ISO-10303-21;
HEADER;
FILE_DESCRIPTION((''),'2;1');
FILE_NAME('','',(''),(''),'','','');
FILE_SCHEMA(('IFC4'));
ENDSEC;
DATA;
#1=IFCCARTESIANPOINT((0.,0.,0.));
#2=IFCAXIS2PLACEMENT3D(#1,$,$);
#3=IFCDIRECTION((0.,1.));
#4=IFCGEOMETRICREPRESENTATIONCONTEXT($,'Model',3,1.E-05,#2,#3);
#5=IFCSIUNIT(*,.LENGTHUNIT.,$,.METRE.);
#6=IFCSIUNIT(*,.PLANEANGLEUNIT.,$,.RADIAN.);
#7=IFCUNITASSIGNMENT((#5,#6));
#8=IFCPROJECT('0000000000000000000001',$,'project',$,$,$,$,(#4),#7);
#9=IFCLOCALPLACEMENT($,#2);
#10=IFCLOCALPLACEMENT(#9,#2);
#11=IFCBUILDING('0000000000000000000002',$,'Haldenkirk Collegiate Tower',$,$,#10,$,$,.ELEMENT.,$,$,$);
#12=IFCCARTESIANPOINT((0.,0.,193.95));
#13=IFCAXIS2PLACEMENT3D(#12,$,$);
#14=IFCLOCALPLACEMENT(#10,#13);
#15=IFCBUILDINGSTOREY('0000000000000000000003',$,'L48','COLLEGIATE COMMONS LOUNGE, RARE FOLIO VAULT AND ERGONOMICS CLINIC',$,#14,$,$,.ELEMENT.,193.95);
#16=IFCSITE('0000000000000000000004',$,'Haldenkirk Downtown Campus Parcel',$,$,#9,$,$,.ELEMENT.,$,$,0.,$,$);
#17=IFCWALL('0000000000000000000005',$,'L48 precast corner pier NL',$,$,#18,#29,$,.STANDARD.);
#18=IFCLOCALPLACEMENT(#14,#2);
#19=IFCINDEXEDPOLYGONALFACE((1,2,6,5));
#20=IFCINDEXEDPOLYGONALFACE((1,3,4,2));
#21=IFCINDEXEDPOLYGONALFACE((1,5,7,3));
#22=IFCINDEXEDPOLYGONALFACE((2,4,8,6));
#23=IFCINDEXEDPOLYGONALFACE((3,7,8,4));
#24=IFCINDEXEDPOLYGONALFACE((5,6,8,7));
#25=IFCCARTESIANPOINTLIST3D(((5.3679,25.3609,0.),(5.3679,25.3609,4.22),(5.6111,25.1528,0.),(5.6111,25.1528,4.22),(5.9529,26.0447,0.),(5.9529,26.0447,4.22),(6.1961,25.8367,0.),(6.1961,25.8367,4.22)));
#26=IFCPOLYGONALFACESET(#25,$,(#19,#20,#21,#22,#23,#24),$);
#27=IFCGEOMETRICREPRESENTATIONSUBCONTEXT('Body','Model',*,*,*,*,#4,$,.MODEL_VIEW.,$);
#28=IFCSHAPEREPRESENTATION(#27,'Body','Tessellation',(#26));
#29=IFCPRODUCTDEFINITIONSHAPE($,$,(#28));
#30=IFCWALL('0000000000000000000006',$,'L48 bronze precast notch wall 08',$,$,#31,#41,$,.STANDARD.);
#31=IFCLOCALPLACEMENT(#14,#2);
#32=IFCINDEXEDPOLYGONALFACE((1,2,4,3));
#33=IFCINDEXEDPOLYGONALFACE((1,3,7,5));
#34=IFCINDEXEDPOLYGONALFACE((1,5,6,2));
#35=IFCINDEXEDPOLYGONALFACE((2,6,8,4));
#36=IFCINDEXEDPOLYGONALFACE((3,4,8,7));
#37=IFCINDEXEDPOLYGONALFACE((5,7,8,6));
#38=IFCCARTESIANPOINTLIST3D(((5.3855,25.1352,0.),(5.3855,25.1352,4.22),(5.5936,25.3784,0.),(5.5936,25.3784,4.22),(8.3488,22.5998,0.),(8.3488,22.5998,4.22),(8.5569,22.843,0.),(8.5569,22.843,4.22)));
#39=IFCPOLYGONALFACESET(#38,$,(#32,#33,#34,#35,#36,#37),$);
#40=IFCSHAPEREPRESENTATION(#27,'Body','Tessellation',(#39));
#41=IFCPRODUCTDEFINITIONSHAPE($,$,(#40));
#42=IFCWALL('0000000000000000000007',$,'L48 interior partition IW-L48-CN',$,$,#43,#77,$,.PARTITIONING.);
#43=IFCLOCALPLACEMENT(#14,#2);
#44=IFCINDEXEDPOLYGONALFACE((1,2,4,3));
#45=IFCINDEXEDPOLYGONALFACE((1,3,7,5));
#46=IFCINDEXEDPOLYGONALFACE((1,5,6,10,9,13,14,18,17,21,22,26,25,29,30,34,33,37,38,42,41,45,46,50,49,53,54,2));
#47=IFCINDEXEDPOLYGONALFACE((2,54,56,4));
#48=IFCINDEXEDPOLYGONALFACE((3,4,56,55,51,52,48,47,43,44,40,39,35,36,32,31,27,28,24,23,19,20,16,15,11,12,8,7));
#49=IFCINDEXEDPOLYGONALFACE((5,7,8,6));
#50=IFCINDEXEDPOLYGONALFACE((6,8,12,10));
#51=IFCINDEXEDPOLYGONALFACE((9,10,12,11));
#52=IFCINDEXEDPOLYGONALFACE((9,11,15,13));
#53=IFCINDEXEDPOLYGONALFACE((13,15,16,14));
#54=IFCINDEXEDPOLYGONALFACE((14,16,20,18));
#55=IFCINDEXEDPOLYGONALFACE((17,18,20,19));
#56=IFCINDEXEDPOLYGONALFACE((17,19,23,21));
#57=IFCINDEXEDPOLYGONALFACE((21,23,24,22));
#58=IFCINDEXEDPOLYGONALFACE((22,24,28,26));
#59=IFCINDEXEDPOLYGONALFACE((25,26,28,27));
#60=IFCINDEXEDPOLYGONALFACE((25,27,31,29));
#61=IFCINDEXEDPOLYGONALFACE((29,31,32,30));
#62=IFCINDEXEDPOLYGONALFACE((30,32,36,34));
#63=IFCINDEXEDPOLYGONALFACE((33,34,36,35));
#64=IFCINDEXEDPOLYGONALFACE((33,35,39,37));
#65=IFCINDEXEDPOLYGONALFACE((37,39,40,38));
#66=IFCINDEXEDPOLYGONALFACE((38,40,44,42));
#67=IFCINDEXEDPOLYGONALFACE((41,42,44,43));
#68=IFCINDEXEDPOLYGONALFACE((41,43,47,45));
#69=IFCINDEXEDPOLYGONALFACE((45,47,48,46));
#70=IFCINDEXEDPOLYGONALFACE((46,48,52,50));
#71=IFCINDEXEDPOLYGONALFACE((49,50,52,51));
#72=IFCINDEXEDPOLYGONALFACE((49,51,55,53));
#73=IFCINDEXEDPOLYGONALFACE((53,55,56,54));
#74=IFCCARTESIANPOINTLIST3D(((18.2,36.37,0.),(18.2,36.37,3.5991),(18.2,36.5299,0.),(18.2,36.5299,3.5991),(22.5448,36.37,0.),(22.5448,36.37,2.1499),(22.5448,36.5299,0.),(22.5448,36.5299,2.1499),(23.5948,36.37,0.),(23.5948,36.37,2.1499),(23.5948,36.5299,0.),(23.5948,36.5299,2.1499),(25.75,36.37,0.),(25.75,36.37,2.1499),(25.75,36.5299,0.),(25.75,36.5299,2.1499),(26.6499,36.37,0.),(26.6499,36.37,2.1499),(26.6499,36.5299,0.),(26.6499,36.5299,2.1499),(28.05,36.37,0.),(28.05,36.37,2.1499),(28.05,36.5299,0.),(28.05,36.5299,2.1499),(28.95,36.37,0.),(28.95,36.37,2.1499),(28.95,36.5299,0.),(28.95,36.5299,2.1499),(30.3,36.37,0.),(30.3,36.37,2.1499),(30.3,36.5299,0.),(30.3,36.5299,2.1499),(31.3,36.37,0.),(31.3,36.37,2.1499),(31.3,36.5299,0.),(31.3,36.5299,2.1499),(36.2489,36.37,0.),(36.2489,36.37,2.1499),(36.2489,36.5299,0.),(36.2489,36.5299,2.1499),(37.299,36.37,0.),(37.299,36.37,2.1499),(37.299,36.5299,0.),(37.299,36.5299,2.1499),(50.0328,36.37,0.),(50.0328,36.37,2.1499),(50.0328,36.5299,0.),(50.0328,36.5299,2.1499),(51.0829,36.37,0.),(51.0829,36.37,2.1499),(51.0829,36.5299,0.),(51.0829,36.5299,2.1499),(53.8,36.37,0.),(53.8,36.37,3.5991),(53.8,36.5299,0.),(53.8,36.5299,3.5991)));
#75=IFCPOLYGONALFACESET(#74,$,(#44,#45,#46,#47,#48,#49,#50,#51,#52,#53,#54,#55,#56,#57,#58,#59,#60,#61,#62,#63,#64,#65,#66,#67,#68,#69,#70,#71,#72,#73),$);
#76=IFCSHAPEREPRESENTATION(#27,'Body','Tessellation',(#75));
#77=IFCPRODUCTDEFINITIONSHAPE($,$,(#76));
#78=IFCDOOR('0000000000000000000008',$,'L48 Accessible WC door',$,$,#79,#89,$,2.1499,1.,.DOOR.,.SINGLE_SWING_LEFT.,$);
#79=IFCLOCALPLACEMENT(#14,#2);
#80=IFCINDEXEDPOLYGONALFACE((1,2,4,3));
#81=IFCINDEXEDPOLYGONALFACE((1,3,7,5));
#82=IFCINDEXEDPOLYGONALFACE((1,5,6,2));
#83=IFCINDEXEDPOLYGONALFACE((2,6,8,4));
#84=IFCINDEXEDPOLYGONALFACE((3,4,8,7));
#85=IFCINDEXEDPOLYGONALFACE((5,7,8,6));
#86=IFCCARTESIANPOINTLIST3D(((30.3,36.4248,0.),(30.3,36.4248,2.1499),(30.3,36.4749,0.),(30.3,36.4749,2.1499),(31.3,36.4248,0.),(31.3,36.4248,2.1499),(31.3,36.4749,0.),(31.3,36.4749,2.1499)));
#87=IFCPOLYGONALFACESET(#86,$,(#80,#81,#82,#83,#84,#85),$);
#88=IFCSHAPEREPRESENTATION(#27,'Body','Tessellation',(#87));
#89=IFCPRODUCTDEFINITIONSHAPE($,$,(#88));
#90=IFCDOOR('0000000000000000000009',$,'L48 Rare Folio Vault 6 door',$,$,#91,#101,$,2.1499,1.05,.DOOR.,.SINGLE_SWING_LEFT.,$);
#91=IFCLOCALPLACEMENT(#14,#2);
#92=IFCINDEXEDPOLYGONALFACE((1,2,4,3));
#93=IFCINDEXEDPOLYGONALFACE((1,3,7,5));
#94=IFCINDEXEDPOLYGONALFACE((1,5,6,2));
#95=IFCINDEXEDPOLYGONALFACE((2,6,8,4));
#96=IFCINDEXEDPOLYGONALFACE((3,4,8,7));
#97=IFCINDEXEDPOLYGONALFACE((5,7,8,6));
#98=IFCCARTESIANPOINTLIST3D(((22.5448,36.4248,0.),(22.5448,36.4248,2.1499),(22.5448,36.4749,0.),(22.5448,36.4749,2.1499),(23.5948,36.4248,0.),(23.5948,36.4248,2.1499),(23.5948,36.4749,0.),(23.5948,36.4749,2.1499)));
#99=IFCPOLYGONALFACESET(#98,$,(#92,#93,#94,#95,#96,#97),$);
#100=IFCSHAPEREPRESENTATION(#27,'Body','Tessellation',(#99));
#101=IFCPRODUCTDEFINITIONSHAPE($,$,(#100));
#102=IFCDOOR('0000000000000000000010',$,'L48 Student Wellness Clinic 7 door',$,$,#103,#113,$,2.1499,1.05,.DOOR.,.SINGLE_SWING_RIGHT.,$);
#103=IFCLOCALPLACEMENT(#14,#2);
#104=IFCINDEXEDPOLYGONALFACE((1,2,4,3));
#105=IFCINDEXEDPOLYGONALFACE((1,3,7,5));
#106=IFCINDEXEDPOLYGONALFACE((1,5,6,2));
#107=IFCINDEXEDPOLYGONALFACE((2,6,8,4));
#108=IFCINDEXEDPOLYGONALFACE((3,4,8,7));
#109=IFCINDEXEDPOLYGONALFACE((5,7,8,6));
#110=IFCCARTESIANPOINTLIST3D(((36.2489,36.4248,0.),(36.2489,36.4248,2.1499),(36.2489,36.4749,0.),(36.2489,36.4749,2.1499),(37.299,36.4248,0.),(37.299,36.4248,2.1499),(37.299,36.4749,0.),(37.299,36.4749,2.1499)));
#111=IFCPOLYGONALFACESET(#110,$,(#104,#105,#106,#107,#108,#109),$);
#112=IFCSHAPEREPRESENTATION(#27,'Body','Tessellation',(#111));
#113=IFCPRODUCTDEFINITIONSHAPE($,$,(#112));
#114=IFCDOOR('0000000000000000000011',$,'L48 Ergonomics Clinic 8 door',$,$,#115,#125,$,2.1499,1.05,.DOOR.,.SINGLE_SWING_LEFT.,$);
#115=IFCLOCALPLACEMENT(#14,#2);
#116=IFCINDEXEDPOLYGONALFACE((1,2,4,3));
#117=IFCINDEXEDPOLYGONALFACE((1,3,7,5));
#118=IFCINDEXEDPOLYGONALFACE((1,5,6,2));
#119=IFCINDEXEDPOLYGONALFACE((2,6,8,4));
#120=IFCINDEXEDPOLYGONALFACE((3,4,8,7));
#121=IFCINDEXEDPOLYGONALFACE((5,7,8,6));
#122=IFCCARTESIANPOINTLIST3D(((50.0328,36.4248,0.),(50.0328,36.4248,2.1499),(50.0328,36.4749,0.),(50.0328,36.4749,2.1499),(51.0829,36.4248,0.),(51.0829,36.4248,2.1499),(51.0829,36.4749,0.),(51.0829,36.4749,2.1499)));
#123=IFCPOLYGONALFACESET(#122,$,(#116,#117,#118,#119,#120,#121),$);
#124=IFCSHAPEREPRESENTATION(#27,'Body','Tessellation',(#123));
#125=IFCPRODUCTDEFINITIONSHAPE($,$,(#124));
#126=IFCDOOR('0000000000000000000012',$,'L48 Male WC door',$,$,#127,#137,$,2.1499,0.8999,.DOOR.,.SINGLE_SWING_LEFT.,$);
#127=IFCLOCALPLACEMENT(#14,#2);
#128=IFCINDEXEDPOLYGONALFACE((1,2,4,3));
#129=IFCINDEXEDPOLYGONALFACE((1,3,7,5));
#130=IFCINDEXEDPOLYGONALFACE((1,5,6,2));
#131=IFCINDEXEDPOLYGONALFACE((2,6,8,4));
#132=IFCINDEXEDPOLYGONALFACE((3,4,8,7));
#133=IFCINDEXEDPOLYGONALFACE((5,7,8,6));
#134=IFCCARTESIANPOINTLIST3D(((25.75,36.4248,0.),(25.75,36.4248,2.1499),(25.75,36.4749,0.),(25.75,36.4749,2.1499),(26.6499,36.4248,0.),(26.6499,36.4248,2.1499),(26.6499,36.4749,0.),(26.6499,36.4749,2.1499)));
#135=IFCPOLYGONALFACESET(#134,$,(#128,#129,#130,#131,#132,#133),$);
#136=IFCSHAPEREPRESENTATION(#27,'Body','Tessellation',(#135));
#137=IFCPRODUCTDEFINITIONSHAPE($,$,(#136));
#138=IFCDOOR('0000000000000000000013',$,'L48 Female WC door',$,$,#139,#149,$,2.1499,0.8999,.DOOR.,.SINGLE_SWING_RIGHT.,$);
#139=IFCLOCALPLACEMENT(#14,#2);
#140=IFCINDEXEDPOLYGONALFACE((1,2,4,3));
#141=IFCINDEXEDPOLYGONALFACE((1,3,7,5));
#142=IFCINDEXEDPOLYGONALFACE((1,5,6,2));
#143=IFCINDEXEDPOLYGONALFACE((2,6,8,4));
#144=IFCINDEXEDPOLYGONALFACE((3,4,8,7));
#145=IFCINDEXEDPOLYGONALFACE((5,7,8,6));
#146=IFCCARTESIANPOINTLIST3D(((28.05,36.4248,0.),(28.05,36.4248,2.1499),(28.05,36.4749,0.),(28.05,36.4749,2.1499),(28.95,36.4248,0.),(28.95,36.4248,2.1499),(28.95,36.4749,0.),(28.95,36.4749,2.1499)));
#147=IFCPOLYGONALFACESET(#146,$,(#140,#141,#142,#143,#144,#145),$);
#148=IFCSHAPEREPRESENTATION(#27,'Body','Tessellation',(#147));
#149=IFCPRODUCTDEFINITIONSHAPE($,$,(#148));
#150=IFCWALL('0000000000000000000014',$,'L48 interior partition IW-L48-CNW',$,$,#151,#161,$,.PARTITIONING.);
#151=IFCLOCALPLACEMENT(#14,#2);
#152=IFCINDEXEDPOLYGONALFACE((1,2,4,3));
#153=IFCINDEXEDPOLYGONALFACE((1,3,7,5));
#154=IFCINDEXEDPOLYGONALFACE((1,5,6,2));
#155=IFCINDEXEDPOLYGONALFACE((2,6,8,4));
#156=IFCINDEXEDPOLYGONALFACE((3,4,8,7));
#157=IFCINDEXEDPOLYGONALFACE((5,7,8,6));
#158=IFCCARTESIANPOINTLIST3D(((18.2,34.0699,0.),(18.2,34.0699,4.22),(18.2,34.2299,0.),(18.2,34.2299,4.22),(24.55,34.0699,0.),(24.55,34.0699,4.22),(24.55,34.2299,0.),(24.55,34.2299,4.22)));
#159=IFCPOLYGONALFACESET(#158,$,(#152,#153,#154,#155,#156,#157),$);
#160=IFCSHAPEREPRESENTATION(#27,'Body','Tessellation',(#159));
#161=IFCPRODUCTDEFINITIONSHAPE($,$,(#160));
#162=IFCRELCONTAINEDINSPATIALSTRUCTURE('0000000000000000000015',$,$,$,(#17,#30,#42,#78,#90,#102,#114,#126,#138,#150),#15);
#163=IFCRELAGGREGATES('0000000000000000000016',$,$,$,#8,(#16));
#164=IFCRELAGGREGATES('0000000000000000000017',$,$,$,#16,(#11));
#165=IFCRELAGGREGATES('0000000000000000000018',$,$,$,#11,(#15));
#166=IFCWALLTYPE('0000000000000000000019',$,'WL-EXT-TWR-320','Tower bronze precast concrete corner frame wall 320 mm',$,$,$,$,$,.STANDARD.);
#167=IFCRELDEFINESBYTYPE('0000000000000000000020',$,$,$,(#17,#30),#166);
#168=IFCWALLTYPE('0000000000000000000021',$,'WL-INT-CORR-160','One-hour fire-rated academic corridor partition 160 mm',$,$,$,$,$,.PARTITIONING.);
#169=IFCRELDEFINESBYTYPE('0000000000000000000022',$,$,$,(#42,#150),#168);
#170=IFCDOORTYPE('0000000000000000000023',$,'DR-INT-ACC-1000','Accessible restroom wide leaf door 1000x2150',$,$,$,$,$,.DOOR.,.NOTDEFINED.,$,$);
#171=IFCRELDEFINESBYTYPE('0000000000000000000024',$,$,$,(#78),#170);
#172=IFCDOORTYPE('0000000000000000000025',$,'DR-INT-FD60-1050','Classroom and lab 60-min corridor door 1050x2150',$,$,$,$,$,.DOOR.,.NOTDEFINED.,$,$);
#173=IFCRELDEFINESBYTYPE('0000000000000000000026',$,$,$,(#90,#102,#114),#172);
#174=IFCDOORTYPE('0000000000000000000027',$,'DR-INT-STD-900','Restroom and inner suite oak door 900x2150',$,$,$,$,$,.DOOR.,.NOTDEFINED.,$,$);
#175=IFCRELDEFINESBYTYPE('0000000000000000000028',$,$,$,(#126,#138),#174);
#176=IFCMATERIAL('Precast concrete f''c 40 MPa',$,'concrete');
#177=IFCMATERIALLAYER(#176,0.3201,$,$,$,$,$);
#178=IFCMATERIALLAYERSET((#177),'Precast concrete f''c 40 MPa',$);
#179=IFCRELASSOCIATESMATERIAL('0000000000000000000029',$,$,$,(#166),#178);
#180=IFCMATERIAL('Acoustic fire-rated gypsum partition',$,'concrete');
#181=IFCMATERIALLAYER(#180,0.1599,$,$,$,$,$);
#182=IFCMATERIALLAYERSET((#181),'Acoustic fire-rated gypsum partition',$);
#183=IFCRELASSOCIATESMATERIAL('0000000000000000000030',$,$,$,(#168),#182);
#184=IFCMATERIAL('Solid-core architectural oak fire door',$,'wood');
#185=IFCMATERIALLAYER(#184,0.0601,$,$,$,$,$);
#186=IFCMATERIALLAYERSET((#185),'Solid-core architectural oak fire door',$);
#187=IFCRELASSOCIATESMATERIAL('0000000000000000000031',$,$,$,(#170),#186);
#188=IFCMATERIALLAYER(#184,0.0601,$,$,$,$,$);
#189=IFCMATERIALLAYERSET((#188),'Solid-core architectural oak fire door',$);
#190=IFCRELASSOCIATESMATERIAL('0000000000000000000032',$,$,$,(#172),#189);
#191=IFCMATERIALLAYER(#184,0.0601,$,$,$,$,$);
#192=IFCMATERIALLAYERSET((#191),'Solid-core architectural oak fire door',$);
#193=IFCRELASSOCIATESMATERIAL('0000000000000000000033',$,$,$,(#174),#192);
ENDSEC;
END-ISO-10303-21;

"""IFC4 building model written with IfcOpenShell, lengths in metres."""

from ifc_helpers import new_model, si_unit, direction, frame, frame_2d, origin, place, context, subcontext, project, spatial, rectangle, extrude, material, layer, layer_set, type_object, element, fill, save


model = new_model("IFC4")

# Units and contexts
model_context = context("Model", 3, precision=1e-05, world=origin(), true_north=direction((0.0, 1.0)))
body_context = subcontext(model_context, "Body", "Model", "MODEL_VIEW")
ifc_project = project(units=[si_unit("LENGTHUNIT", "METRE"), si_unit("PLANEANGLEUNIT", "RADIAN")], contexts=[model_context])

# Site, building, storey
site_placement = place(None, origin())
site = spatial("IfcSite", under=ifc_project, at=site_placement, Name="Haldenkirk Downtown Campus Parcel", CompositionType="ELEMENT", RefElevation=0.0)
building_placement = place(site_placement, origin())
building = spatial("IfcBuilding", under=site, at=building_placement, Name="Haldenkirk Collegiate Tower", CompositionType="ELEMENT")
storey_placement = place(building_placement, frame((0.0, 0.0, 193.95)))
storey = spatial("IfcBuildingStorey", under=building, at=storey_placement, Name="L48", Description="COLLEGIATE COMMONS LOUNGE, RARE FOLIO VAULT AND ERGONOMICS CLINIC", CompositionType="ELEMENT", Elevation=193.95)

# Walls
ifc_material_1 = material(Name="Precast concrete f'c 40 MPa", Category="concrete")
ifc_layer_1 = layer(ifc_material_1, 0.3201)
ifc_layer_set_1 = layer_set([ifc_layer_1], Name="Precast concrete f'c 40 MPa")
wall_type_1 = type_object("IfcWallType", Name="WL-EXT-TWR-320", Description="Tower bronze precast concrete corner frame wall 320 mm", PredefinedType="STANDARD", material=ifc_layer_set_1)
wall_1_placement = place(storey_placement, frame((5.4895, 25.2568, 0.0), z_axis=(0.0, 0.0, 1.0), x_axis=(0.650031, 0.759907, 0.0)))
element("IfcWall", 1, at=wall_1_placement, inside=storey, type_object=wall_type_1, Name="L48 precast corner pier NL", PredefinedType="STANDARD", context=body_context, shape_type="SweptSolid", body=[
    extrude(rectangle(XDim=0.8999, YDim=0.3201, at=frame_2d((0.45, 0.0))), origin(), (0.0, 0.0, 1.0), 4.22),
])
wall_2_placement = place(storey_placement, frame((8.4529, 22.7214, 0.0), z_axis=(0.0, 0.0, 1.0), x_axis=(-0.759844, 0.650105, 0.0)))
element("IfcWall", 2, at=wall_2_placement, inside=storey, type_object=wall_type_1, Name="L48 bronze precast notch wall 08", PredefinedType="STANDARD", context=body_context, shape_type="SweptSolid", body=[
    extrude(rectangle(XDim=3.8999, YDim=0.3201, at=frame_2d((1.95, 0.0))), origin(), (0.0, 0.0, 1.0), 4.22),
])

# Wall, openings, doors
ifc_material_2 = material(Name="Acoustic fire-rated gypsum partition", Category="concrete")
ifc_layer_2 = layer(ifc_material_2, 0.1599)
ifc_layer_set_2 = layer_set([ifc_layer_2], Name="Acoustic fire-rated gypsum partition")
wall_type_2 = type_object("IfcWallType", Name="WL-INT-CORR-160", Description="One-hour fire-rated academic corridor partition 160 mm", PredefinedType="PARTITIONING", material=ifc_layer_set_2)
wall_3_placement = place(storey_placement, frame((18.2, 36.45, 0.0), z_axis=(0.0, 0.0, 1.0), x_axis=(1.0, 0.0, 0.0)))
wall_3 = element("IfcWall", 3, at=wall_3_placement, inside=storey, type_object=wall_type_2, Name="L48 interior partition IW-L48-CN", PredefinedType="PARTITIONING", context=body_context, shape_type="SweptSolid", body=[
    extrude(rectangle(XDim=35.6001, YDim=0.1599, at=frame_2d((17.8, 0.0))), origin(), (0.0, 0.0, 1.0), 3.5991),
])
opening_1_placement = place(wall_3_placement, frame((7.55, 0.0, 0.0)))
opening_1 = element("IfcOpeningElement", 4, at=opening_1_placement, cuts=wall_3, PredefinedType="OPENING", context=body_context, shape_type="SweptSolid", body=[
    extrude(rectangle(XDim=0.8999, YDim=2.1499, at=frame_2d((0.45, 1.075))), frame((0.0, 0.0898, 0.0), z_axis=(0.0, -1.0, 0.0), x_axis=(1.0, 0.0, 0.0)), (0.0, 0.0, 1.0), 0.1799),
])
opening_2_placement = place(wall_3_placement, frame((9.8501, 0.0, 0.0)))
opening_2 = element("IfcOpeningElement", 5, at=opening_2_placement, cuts=wall_3, PredefinedType="OPENING", context=body_context, shape_type="SweptSolid", body=[
    extrude(rectangle(XDim=0.8999, YDim=2.1499, at=frame_2d((0.45, 1.075))), frame((0.0, 0.0898, 0.0), z_axis=(0.0, -1.0, 0.0), x_axis=(1.0, 0.0, 0.0)), (0.0, 0.0, 1.0), 0.1799),
])
opening_3_placement = place(wall_3_placement, frame((12.1001, 0.0, 0.0)))
opening_3 = element("IfcOpeningElement", 6, at=opening_3_placement, cuts=wall_3, PredefinedType="OPENING", context=body_context, shape_type="SweptSolid", body=[
    extrude(rectangle(XDim=1.0, YDim=2.1499, at=frame_2d((0.5, 1.075))), frame((0.0, 0.0898, 0.0), z_axis=(0.0, -1.0, 0.0), x_axis=(1.0, 0.0, 0.0)), (0.0, 0.0, 1.0), 0.1799),
])
opening_4_placement = place(wall_3_placement, frame((4.345, 0.0, 0.0)))
opening_4 = element("IfcOpeningElement", 7, at=opening_4_placement, cuts=wall_3, PredefinedType="OPENING", context=body_context, shape_type="SweptSolid", body=[
    extrude(rectangle(XDim=1.05, YDim=2.1499, at=frame_2d((0.5249, 1.075))), frame((0.0, 0.0898, 0.0), z_axis=(0.0, -1.0, 0.0), x_axis=(1.0, 0.0, 0.0)), (0.0, 0.0, 1.0), 0.1799),
])
opening_5_placement = place(wall_3_placement, frame((18.0491, 0.0, 0.0)))
opening_5 = element("IfcOpeningElement", 8, at=opening_5_placement, cuts=wall_3, PredefinedType="OPENING", context=body_context, shape_type="SweptSolid", body=[
    extrude(rectangle(XDim=1.05, YDim=2.1499, at=frame_2d((0.5249, 1.075))), frame((0.0, 0.0898, 0.0), z_axis=(0.0, -1.0, 0.0), x_axis=(1.0, 0.0, 0.0)), (0.0, 0.0, 1.0), 0.1799),
])
opening_6_placement = place(wall_3_placement, frame((31.833, 0.0, 0.0)))
opening_6 = element("IfcOpeningElement", 9, at=opening_6_placement, cuts=wall_3, PredefinedType="OPENING", context=body_context, shape_type="SweptSolid", body=[
    extrude(rectangle(XDim=1.05, YDim=2.1499, at=frame_2d((0.5249, 1.075))), frame((0.0, 0.0898, 0.0), z_axis=(0.0, -1.0, 0.0), x_axis=(1.0, 0.0, 0.0)), (0.0, 0.0, 1.0), 0.1799),
])
ifc_material_3 = material(Name="Solid-core architectural oak fire door", Category="wood")
ifc_layer_3 = layer(ifc_material_3, 0.0601)
ifc_layer_set_3 = layer_set([ifc_layer_3], Name="Solid-core architectural oak fire door")
door_type_1 = type_object("IfcDoorType", Name="DR-INT-ACC-1000", Description="Accessible restroom wide leaf door 1000x2150", OperationType="NOTDEFINED", PredefinedType="DOOR", material=ifc_layer_set_3)
door_1_placement = place(opening_3_placement, origin())
door_1 = element("IfcDoor", 10, at=door_1_placement, inside=storey, type_object=door_type_1, Name="L48 Accessible WC door", OperationType="SINGLE_SWING_LEFT", OverallHeight=2.1499, OverallWidth=1.0, PredefinedType="DOOR", context=body_context, shape_type="SweptSolid", body=[
    extrude(rectangle(XDim=1.0, YDim=2.1499, at=frame_2d((0.5, 1.075))), frame((0.0, 0.0249, 0.0), z_axis=(0.0, -1.0, 0.0), x_axis=(1.0, 0.0, 0.0)), (0.0, 0.0, 1.0), 0.05),
])
fill(opening_3, door_1)
ifc_layer_4 = layer(ifc_material_3, 0.0601)
ifc_layer_set_4 = layer_set([ifc_layer_4], Name="Solid-core architectural oak fire door")
door_type_2 = type_object("IfcDoorType", Name="DR-INT-FD60-1050", Description="Classroom and lab 60-min corridor door 1050x2150", OperationType="NOTDEFINED", PredefinedType="DOOR", material=ifc_layer_set_4)
door_2_placement = place(opening_4_placement, origin())
door_2 = element("IfcDoor", 11, at=door_2_placement, inside=storey, type_object=door_type_2, Name="L48 Rare Folio Vault 6 door", OperationType="SINGLE_SWING_LEFT", OverallHeight=2.1499, OverallWidth=1.05, PredefinedType="DOOR", context=body_context, shape_type="SweptSolid", body=[
    extrude(rectangle(XDim=1.05, YDim=2.1499, at=frame_2d((0.5249, 1.075))), frame((0.0, 0.0249, 0.0), z_axis=(0.0, -1.0, 0.0), x_axis=(1.0, 0.0, 0.0)), (0.0, 0.0, 1.0), 0.05),
])
fill(opening_4, door_2)
door_3_placement = place(opening_5_placement, origin())
door_3 = element("IfcDoor", 12, at=door_3_placement, inside=storey, type_object=door_type_2, Name="L48 Student Wellness Clinic 7 door", OperationType="SINGLE_SWING_RIGHT", OverallHeight=2.1499, OverallWidth=1.05, PredefinedType="DOOR", context=body_context, shape_type="SweptSolid", body=[
    extrude(rectangle(XDim=1.05, YDim=2.1499, at=frame_2d((0.5249, 1.075))), frame((0.0, 0.0249, 0.0), z_axis=(0.0, -1.0, 0.0), x_axis=(1.0, 0.0, 0.0)), (0.0, 0.0, 1.0), 0.05),
])
fill(opening_5, door_3)
door_4_placement = place(opening_6_placement, origin())
door_4 = element("IfcDoor", 13, at=door_4_placement, inside=storey, type_object=door_type_2, Name="L48 Ergonomics Clinic 8 door", OperationType="SINGLE_SWING_LEFT", OverallHeight=2.1499, OverallWidth=1.05, PredefinedType="DOOR", context=body_context, shape_type="SweptSolid", body=[
    extrude(rectangle(XDim=1.05, YDim=2.1499, at=frame_2d((0.5249, 1.075))), frame((0.0, 0.0249, 0.0), z_axis=(0.0, -1.0, 0.0), x_axis=(1.0, 0.0, 0.0)), (0.0, 0.0, 1.0), 0.05),
])
fill(opening_6, door_4)
ifc_layer_5 = layer(ifc_material_3, 0.0601)
ifc_layer_set_5 = layer_set([ifc_layer_5], Name="Solid-core architectural oak fire door")
door_type_3 = type_object("IfcDoorType", Name="DR-INT-STD-900", Description="Restroom and inner suite oak door 900x2150", OperationType="NOTDEFINED", PredefinedType="DOOR", material=ifc_layer_set_5)
door_5_placement = place(opening_1_placement, origin())
door_5 = element("IfcDoor", 14, at=door_5_placement, inside=storey, type_object=door_type_3, Name="L48 Male WC door", OperationType="SINGLE_SWING_LEFT", OverallHeight=2.1499, OverallWidth=0.8999, PredefinedType="DOOR", context=body_context, shape_type="SweptSolid", body=[
    extrude(rectangle(XDim=0.8999, YDim=2.1499, at=frame_2d((0.45, 1.075))), frame((0.0, 0.0249, 0.0), z_axis=(0.0, -1.0, 0.0), x_axis=(1.0, 0.0, 0.0)), (0.0, 0.0, 1.0), 0.05),
])
fill(opening_1, door_5)
door_6_placement = place(opening_2_placement, origin())
door_6 = element("IfcDoor", 15, at=door_6_placement, inside=storey, type_object=door_type_3, Name="L48 Female WC door", OperationType="SINGLE_SWING_RIGHT", OverallHeight=2.1499, OverallWidth=0.8999, PredefinedType="DOOR", context=body_context, shape_type="SweptSolid", body=[
    extrude(rectangle(XDim=0.8999, YDim=2.1499, at=frame_2d((0.45, 1.075))), frame((0.0, 0.0249, 0.0), z_axis=(0.0, -1.0, 0.0), x_axis=(1.0, 0.0, 0.0)), (0.0, 0.0, 1.0), 0.05),
])
fill(opening_2, door_6)

# Wall
wall_4_placement = place(storey_placement, frame((18.2, 34.1499, 0.0), z_axis=(0.0, 0.0, 1.0), x_axis=(1.0, 0.0, 0.0)))
element("IfcWall", 16, at=wall_4_placement, inside=storey, type_object=wall_type_2, Name="L48 interior partition IW-L48-CNW", PredefinedType="PARTITIONING", context=body_context, shape_type="SweptSolid", body=[
    extrude(rectangle(XDim=6.3501, YDim=0.1599, at=frame_2d((3.175, 0.0))), origin(), (0.0, 0.0, 1.0), 4.22),
])

save(model, "model.ifc")
